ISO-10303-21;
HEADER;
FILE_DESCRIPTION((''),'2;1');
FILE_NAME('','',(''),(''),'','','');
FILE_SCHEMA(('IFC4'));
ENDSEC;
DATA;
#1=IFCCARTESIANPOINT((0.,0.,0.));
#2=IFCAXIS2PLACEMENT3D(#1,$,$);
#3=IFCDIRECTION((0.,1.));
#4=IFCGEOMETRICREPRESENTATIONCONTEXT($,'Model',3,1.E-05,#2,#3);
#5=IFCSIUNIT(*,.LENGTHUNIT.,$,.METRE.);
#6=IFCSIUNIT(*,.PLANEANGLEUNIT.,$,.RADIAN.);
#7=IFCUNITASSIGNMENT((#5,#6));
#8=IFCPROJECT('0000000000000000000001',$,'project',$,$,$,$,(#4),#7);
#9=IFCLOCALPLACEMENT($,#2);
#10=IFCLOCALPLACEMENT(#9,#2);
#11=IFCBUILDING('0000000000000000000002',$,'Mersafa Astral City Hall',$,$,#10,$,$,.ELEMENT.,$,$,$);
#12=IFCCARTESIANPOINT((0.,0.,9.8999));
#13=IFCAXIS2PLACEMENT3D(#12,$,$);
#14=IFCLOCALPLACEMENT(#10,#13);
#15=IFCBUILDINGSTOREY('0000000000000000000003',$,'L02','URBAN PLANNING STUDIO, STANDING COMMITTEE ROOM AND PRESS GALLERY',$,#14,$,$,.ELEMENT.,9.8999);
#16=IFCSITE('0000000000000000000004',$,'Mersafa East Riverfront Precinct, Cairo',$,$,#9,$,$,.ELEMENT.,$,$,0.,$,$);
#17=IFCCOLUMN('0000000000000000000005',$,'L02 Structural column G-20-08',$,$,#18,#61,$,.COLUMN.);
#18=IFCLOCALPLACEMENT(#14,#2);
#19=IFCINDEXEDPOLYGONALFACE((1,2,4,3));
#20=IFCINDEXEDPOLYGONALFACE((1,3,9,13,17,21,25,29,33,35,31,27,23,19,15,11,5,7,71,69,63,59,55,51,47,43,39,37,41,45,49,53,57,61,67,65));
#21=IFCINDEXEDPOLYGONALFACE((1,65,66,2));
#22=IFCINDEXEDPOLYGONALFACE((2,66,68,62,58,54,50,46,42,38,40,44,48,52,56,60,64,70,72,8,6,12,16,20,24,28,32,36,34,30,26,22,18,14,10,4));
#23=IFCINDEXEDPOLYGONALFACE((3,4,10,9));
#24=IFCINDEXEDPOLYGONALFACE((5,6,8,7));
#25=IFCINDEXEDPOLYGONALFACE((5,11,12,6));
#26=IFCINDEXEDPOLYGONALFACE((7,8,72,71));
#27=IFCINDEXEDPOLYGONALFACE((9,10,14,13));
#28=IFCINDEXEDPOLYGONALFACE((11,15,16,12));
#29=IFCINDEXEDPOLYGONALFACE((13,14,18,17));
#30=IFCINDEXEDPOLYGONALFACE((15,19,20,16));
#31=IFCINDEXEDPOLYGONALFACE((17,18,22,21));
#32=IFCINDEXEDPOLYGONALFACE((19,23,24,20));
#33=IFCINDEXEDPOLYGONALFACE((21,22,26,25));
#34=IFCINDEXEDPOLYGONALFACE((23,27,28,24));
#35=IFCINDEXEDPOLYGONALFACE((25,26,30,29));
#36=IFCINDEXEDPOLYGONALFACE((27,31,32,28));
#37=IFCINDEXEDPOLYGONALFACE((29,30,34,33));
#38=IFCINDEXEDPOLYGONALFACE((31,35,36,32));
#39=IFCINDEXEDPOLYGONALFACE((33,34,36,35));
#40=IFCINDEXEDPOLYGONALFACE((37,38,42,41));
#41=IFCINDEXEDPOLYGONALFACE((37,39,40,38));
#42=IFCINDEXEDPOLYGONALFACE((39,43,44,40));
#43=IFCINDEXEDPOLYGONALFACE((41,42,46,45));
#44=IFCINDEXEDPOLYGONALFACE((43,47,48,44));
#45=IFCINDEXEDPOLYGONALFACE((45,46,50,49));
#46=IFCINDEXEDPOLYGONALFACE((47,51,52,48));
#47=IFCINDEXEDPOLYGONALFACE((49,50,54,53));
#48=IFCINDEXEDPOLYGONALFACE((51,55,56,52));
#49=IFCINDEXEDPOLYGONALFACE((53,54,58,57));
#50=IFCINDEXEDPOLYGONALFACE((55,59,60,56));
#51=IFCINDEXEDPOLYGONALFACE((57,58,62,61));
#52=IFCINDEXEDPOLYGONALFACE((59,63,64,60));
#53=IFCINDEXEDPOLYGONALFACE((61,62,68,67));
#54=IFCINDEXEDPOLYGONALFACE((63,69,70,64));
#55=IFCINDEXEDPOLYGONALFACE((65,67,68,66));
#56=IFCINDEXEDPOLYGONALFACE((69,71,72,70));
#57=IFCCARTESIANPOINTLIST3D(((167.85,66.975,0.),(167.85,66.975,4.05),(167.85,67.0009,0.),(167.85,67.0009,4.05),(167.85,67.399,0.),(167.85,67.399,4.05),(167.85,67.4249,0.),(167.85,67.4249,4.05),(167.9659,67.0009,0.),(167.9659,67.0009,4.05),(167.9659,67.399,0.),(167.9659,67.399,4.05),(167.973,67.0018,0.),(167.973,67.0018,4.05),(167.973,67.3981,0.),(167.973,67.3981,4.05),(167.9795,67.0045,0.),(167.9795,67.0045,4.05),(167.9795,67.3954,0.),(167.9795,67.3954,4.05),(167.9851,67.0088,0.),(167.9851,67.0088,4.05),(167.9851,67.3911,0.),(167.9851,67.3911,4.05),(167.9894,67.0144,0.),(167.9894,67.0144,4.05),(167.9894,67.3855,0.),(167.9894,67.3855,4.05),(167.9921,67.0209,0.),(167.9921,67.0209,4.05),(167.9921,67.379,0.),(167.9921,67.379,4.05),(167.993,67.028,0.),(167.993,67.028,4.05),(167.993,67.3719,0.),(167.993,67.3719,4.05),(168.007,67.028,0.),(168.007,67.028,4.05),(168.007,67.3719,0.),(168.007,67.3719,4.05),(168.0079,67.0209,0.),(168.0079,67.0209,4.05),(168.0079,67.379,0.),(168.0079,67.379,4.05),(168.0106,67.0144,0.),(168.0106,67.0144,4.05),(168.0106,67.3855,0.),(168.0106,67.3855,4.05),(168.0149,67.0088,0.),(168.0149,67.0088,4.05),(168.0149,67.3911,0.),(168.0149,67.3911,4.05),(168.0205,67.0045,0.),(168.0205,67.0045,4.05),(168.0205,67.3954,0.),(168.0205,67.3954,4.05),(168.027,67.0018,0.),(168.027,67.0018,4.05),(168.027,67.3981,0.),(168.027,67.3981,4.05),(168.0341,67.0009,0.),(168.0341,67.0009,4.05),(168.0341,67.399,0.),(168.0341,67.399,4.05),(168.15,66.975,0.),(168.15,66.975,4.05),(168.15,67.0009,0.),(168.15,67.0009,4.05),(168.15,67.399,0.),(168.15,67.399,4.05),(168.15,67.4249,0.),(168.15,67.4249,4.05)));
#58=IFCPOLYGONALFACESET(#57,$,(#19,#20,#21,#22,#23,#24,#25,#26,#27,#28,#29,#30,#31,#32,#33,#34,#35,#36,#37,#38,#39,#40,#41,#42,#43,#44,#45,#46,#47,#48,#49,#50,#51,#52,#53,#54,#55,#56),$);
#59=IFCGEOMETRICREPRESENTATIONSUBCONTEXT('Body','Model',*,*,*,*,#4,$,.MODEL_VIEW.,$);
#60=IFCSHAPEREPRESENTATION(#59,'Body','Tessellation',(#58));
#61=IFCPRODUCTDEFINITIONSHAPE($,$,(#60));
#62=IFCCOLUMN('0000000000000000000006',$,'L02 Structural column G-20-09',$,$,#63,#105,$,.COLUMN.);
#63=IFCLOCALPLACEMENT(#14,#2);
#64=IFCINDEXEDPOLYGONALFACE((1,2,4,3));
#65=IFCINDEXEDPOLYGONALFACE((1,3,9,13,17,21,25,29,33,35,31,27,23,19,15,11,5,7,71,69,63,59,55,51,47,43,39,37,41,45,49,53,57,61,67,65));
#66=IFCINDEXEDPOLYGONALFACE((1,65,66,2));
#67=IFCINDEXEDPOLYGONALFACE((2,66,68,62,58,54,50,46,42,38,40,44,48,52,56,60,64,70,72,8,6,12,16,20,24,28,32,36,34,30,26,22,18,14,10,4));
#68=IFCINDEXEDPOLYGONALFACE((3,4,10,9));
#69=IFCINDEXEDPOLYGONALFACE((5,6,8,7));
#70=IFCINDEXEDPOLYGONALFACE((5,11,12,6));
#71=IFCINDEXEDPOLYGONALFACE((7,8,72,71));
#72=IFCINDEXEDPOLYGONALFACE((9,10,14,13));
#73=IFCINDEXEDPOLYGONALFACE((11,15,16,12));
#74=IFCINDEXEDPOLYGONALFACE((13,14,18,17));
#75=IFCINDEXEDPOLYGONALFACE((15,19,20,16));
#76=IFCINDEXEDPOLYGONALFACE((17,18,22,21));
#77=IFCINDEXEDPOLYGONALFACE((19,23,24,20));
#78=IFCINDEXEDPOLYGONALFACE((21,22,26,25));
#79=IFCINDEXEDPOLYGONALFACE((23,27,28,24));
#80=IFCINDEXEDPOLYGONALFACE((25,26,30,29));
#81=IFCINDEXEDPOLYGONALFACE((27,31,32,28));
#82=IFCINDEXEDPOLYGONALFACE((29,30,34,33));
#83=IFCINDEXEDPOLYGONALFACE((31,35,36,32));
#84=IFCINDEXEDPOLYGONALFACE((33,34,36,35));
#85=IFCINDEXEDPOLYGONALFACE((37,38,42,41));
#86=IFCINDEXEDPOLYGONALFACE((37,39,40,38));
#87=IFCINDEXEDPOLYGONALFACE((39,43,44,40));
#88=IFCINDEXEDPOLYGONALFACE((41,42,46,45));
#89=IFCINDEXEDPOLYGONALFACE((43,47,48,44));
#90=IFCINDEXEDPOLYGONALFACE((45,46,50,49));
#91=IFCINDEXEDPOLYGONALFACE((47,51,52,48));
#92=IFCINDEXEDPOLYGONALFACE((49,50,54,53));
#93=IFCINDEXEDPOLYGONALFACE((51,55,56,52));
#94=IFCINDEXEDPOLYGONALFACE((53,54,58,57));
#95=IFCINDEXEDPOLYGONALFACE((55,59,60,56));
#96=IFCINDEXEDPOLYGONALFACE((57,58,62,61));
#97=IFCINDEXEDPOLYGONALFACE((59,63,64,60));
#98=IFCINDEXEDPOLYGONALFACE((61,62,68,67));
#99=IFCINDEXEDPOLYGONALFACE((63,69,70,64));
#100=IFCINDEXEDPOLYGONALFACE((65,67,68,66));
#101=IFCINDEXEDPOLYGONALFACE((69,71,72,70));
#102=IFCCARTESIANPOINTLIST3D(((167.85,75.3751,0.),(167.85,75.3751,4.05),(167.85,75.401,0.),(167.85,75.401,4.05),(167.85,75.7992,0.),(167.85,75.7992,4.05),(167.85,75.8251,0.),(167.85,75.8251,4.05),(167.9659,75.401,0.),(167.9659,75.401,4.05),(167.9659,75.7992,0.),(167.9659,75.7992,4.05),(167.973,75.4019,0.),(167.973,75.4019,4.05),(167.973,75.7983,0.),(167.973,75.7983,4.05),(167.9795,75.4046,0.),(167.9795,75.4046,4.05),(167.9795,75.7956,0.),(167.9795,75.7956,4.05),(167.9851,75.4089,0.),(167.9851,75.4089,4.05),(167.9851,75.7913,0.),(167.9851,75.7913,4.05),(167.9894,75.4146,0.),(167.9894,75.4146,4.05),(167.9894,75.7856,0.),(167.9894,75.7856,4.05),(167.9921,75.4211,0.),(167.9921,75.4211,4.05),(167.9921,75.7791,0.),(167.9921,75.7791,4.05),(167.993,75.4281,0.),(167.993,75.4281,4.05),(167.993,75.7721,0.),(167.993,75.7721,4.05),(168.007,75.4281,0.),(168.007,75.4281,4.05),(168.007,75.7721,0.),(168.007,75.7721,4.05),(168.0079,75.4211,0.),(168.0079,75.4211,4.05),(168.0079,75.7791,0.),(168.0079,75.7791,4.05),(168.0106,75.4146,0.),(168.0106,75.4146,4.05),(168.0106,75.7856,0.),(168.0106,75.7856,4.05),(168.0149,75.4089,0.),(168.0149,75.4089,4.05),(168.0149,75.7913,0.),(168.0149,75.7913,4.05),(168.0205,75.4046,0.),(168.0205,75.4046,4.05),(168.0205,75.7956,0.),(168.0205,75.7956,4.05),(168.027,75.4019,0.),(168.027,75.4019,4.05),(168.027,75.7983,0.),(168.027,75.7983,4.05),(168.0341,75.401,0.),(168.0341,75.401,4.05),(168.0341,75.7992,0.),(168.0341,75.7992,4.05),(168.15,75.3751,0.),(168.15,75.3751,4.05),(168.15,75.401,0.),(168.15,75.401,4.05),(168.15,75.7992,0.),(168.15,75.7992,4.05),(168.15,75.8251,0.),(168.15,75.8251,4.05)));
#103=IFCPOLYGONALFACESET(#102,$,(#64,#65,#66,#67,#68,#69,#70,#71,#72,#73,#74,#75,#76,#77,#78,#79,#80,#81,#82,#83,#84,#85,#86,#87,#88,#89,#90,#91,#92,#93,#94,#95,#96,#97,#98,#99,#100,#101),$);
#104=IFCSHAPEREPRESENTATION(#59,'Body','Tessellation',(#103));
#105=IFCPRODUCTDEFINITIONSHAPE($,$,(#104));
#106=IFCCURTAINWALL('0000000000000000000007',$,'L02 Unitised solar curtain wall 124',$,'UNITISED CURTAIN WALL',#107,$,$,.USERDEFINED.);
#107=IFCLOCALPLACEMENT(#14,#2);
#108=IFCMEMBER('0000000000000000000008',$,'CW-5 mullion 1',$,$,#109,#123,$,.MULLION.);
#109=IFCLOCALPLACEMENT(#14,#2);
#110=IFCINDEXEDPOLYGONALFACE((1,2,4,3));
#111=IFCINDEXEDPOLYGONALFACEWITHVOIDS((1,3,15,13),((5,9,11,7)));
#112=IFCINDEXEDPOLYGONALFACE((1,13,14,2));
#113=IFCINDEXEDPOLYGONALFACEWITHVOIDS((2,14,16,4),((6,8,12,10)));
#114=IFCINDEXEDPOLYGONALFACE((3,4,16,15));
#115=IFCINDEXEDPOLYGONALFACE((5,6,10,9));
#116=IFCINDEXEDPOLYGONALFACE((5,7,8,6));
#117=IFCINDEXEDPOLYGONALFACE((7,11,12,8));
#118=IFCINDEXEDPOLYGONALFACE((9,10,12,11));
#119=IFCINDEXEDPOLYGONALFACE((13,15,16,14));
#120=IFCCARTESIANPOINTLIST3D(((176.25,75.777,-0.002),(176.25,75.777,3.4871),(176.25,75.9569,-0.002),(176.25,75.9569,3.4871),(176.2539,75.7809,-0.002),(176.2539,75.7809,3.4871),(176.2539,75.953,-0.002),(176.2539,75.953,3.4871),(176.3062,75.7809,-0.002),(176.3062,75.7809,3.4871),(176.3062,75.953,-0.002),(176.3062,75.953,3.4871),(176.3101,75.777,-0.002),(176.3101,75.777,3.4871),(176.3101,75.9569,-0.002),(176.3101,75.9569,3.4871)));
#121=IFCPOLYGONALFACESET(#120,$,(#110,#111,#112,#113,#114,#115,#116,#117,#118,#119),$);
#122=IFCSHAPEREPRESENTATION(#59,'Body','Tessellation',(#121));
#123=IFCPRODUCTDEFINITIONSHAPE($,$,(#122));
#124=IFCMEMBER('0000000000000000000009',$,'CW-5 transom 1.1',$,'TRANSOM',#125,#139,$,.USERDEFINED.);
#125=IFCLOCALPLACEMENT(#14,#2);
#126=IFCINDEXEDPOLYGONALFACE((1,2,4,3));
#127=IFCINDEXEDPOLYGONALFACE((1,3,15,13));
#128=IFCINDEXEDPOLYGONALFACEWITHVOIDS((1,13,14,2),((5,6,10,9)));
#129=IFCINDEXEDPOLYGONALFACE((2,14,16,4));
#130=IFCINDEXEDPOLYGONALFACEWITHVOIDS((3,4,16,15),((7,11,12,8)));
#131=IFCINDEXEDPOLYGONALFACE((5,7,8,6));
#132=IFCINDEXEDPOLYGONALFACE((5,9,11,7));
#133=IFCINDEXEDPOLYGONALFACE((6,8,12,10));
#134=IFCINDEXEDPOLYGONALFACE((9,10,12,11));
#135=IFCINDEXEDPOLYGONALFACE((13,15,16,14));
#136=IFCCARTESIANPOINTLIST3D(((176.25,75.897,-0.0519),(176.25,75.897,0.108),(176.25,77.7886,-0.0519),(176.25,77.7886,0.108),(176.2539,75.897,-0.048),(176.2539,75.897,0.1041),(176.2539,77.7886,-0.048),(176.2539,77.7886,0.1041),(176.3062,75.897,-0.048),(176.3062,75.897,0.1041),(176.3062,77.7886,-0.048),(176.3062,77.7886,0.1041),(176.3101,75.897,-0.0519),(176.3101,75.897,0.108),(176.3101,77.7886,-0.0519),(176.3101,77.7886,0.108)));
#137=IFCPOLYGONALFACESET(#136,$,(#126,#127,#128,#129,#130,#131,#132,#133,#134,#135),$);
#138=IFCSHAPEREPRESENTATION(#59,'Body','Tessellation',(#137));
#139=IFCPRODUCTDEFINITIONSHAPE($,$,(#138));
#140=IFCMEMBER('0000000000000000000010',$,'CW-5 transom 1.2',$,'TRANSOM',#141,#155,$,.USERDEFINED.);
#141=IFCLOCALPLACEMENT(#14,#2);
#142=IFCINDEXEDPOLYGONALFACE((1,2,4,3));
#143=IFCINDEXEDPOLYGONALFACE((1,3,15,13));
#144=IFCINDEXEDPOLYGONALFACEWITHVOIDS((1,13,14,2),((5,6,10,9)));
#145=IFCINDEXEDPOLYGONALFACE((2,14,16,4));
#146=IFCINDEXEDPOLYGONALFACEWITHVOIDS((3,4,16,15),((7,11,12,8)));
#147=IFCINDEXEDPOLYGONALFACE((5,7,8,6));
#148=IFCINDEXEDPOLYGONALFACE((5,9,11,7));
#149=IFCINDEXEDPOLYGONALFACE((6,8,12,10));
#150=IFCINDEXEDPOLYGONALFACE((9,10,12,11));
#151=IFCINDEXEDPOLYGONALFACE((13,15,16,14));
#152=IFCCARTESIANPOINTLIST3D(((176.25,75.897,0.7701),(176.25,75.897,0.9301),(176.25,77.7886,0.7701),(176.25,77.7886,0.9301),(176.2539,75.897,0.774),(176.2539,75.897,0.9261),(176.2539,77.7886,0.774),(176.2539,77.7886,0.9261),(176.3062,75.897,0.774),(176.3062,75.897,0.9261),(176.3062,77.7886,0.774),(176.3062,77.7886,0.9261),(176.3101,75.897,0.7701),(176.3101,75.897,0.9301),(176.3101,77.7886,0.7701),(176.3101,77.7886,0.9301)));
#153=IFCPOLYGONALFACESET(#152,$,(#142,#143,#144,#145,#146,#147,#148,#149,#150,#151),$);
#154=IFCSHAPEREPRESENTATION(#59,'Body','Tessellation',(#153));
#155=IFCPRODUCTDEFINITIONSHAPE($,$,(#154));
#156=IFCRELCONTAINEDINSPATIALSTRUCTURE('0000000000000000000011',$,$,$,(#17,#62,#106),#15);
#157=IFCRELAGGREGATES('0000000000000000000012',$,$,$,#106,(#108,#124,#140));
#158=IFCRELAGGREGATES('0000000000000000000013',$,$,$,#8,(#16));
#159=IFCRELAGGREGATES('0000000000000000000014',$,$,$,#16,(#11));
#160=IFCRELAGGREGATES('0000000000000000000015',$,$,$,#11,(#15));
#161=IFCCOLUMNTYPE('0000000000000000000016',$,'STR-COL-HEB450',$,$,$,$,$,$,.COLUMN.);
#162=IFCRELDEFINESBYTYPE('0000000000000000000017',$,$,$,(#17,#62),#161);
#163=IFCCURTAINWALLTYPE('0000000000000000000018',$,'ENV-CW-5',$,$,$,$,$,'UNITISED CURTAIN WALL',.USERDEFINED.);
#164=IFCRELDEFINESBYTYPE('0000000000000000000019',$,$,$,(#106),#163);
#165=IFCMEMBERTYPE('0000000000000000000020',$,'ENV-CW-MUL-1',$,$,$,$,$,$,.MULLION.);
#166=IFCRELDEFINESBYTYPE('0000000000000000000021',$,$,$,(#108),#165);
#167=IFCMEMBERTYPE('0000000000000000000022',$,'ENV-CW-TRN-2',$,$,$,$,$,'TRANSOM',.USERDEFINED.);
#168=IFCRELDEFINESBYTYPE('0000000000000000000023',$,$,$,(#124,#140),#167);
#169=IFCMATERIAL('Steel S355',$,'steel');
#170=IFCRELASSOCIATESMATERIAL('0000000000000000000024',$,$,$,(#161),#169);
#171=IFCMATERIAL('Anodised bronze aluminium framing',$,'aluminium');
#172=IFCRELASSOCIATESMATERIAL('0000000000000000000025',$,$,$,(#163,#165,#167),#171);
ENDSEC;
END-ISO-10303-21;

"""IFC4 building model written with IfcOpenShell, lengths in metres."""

from ifc_helpers import new_model, si_unit, direction, frame, origin, origin_2d, place, context, subcontext, project, spatial, hollow_rectangle, i_section, extrude, material, material_profile, profile_set, type_object, element, aggregate, save


model = new_model("IFC4")

# Units and contexts
model_context = context("Model", 3, precision=1e-05, world=origin(), true_north=direction((0.0, 1.0)))
body_context = subcontext(model_context, "Body", "Model", "MODEL_VIEW")
ifc_project = project(units=[si_unit("LENGTHUNIT", "METRE"), si_unit("PLANEANGLEUNIT", "RADIAN")], contexts=[model_context])

# Site, building, storey
site_placement = place(None, origin())
site = spatial("IfcSite", under=ifc_project, at=site_placement, Name="Mersafa East Riverfront Precinct, Cairo", CompositionType="ELEMENT", RefElevation=0.0)
building_placement = place(site_placement, origin())
building = spatial("IfcBuilding", under=site, at=building_placement, Name="Mersafa Astral City Hall", CompositionType="ELEMENT")
storey_placement = place(building_placement, frame((0.0, 0.0, 9.8999)))
storey = spatial("IfcBuildingStorey", under=building, at=storey_placement, Name="L02", Description="URBAN PLANNING STUDIO, STANDING COMMITTEE ROOM AND PRESS GALLERY", CompositionType="ELEMENT", Elevation=9.8999)

# Columns
ifc_material_1 = material(Name="Steel S355", Category="steel")
ifc_material_profile_1 = material_profile(ifc_material_1, i_section(OverallWidth=0.3, OverallDepth=0.45, WebThickness=0.0139, FlangeThickness=0.0259, FilletRadius=0.0271, at=origin_2d()), Name="HEB 450")
ifc_profile_set_1 = profile_set([ifc_material_profile_1], Name="Steel S355")
column_type = type_object("IfcColumnType", Name="STR-COL-HEB450", PredefinedType="COLUMN", material=ifc_profile_set_1)
for number, where, z_axis, x_axis, name in (
    (1, (168.0, 67.2, 0.0), (0.0, 0.0, 1.0), (1.0, 0.0, 0.0), "L02 Structural column G-20-08"),
    (2, (168.0, 75.6001, 0.0), (0.0, 0.0, 1.0), (1.0, 0.0, 0.0), "L02 Structural column G-20-09"),
):
    element("IfcColumn", number, at=place(storey_placement, frame(where, z_axis=z_axis, x_axis=x_axis)), inside=storey, type_object=column_type, Name=name, PredefinedType="COLUMN", context=body_context, shape_type="SweptSolid", body=[
        extrude(i_section(OverallWidth=0.3, OverallDepth=0.45, WebThickness=0.0139, FlangeThickness=0.0259, FilletRadius=0.0271, at=origin_2d()), origin(), (0.0, 0.0, 1.0), 4.05),
    ])

# Curtain wall, members
ifc_material_2 = material(Name="Anodised bronze aluminium framing", Category="aluminium")
curtain_wall_type = type_object("IfcCurtainWallType", Name="ENV-CW-5", ElementType="UNITISED CURTAIN WALL", PredefinedType="USERDEFINED", material=ifc_material_2)
curtain_wall_placement = place(storey_placement, origin())
curtain_wall = element("IfcCurtainWall", 3, at=curtain_wall_placement, inside=storey, type_object=curtain_wall_type, Name="L02 Unitised solar curtain wall 124", ObjectType="UNITISED CURTAIN WALL", PredefinedType="USERDEFINED")
ifc_material_profile_2 = material_profile(ifc_material_2, hollow_rectangle(XDim=0.0601, YDim=0.1799, WallThickness=0.0039, at=origin_2d()), Name="RHS 60x180x4")
ifc_profile_set_2 = profile_set([ifc_material_profile_2], Name="Anodised bronze aluminium framing")
member_type_1 = type_object("IfcMemberType", Name="ENV-CW-MUL-1", PredefinedType="MULLION", material=ifc_profile_set_2)
member_1_placement = place(storey_placement, frame((176.28, 75.8669, -0.002), z_axis=(0.0, 0.0, 1.0), x_axis=(-1.0, 0.0, 0.0)))
member_1 = element("IfcMember", 4, at=member_1_placement, type_object=member_type_1, Name="CW-5 mullion 1", PredefinedType="MULLION", context=body_context, shape_type="SweptSolid", body=[
    extrude(hollow_rectangle(XDim=0.0601, YDim=0.1799, WallThickness=0.0039, at=origin_2d()), origin(), (0.0, 0.0, 1.0), 3.489),
])
ifc_material_profile_3 = material_profile(ifc_material_2, hollow_rectangle(XDim=0.0601, YDim=0.1599, WallThickness=0.0039, at=origin_2d()), Name="RHS 60x160x4")
ifc_profile_set_3 = profile_set([ifc_material_profile_3], Name="Anodised bronze aluminium framing")
member_type_2 = type_object("IfcMemberType", Name="ENV-CW-TRN-2", ElementType="TRANSOM", PredefinedType="USERDEFINED", material=ifc_profile_set_3)
member_2_placement = place(storey_placement, frame((176.28, 75.897, 0.0281), z_axis=(0.0, 1.0, 0.0), x_axis=(-1.0, 0.0, 0.0)))
member_2 = element("IfcMember", 5, at=member_2_placement, type_object=member_type_2, Name="CW-5 transom 1.1", ObjectType="TRANSOM", PredefinedType="USERDEFINED", context=body_context, shape_type="SweptSolid", body=[
    extrude(hollow_rectangle(XDim=0.0601, YDim=0.1599, WallThickness=0.0039, at=origin_2d()), origin(), (0.0, 0.0, 1.0), 1.8916),
])
member_3_placement = place(storey_placement, frame((176.28, 75.897, 0.8501), z_axis=(0.0, 1.0, 0.0), x_axis=(-1.0, 0.0, 0.0)))
member_3 = element("IfcMember", 6, at=member_3_placement, type_object=member_type_2, Name="CW-5 transom 1.2", ObjectType="TRANSOM", PredefinedType="USERDEFINED", context=body_context, shape_type="SweptSolid", body=[
    extrude(hollow_rectangle(XDim=0.0601, YDim=0.1599, WallThickness=0.0039, at=origin_2d()), origin(), (0.0, 0.0, 1.0), 1.8916),
])
aggregate(curtain_wall, [member_1, member_2, member_3])

save(model, "model.ifc")
